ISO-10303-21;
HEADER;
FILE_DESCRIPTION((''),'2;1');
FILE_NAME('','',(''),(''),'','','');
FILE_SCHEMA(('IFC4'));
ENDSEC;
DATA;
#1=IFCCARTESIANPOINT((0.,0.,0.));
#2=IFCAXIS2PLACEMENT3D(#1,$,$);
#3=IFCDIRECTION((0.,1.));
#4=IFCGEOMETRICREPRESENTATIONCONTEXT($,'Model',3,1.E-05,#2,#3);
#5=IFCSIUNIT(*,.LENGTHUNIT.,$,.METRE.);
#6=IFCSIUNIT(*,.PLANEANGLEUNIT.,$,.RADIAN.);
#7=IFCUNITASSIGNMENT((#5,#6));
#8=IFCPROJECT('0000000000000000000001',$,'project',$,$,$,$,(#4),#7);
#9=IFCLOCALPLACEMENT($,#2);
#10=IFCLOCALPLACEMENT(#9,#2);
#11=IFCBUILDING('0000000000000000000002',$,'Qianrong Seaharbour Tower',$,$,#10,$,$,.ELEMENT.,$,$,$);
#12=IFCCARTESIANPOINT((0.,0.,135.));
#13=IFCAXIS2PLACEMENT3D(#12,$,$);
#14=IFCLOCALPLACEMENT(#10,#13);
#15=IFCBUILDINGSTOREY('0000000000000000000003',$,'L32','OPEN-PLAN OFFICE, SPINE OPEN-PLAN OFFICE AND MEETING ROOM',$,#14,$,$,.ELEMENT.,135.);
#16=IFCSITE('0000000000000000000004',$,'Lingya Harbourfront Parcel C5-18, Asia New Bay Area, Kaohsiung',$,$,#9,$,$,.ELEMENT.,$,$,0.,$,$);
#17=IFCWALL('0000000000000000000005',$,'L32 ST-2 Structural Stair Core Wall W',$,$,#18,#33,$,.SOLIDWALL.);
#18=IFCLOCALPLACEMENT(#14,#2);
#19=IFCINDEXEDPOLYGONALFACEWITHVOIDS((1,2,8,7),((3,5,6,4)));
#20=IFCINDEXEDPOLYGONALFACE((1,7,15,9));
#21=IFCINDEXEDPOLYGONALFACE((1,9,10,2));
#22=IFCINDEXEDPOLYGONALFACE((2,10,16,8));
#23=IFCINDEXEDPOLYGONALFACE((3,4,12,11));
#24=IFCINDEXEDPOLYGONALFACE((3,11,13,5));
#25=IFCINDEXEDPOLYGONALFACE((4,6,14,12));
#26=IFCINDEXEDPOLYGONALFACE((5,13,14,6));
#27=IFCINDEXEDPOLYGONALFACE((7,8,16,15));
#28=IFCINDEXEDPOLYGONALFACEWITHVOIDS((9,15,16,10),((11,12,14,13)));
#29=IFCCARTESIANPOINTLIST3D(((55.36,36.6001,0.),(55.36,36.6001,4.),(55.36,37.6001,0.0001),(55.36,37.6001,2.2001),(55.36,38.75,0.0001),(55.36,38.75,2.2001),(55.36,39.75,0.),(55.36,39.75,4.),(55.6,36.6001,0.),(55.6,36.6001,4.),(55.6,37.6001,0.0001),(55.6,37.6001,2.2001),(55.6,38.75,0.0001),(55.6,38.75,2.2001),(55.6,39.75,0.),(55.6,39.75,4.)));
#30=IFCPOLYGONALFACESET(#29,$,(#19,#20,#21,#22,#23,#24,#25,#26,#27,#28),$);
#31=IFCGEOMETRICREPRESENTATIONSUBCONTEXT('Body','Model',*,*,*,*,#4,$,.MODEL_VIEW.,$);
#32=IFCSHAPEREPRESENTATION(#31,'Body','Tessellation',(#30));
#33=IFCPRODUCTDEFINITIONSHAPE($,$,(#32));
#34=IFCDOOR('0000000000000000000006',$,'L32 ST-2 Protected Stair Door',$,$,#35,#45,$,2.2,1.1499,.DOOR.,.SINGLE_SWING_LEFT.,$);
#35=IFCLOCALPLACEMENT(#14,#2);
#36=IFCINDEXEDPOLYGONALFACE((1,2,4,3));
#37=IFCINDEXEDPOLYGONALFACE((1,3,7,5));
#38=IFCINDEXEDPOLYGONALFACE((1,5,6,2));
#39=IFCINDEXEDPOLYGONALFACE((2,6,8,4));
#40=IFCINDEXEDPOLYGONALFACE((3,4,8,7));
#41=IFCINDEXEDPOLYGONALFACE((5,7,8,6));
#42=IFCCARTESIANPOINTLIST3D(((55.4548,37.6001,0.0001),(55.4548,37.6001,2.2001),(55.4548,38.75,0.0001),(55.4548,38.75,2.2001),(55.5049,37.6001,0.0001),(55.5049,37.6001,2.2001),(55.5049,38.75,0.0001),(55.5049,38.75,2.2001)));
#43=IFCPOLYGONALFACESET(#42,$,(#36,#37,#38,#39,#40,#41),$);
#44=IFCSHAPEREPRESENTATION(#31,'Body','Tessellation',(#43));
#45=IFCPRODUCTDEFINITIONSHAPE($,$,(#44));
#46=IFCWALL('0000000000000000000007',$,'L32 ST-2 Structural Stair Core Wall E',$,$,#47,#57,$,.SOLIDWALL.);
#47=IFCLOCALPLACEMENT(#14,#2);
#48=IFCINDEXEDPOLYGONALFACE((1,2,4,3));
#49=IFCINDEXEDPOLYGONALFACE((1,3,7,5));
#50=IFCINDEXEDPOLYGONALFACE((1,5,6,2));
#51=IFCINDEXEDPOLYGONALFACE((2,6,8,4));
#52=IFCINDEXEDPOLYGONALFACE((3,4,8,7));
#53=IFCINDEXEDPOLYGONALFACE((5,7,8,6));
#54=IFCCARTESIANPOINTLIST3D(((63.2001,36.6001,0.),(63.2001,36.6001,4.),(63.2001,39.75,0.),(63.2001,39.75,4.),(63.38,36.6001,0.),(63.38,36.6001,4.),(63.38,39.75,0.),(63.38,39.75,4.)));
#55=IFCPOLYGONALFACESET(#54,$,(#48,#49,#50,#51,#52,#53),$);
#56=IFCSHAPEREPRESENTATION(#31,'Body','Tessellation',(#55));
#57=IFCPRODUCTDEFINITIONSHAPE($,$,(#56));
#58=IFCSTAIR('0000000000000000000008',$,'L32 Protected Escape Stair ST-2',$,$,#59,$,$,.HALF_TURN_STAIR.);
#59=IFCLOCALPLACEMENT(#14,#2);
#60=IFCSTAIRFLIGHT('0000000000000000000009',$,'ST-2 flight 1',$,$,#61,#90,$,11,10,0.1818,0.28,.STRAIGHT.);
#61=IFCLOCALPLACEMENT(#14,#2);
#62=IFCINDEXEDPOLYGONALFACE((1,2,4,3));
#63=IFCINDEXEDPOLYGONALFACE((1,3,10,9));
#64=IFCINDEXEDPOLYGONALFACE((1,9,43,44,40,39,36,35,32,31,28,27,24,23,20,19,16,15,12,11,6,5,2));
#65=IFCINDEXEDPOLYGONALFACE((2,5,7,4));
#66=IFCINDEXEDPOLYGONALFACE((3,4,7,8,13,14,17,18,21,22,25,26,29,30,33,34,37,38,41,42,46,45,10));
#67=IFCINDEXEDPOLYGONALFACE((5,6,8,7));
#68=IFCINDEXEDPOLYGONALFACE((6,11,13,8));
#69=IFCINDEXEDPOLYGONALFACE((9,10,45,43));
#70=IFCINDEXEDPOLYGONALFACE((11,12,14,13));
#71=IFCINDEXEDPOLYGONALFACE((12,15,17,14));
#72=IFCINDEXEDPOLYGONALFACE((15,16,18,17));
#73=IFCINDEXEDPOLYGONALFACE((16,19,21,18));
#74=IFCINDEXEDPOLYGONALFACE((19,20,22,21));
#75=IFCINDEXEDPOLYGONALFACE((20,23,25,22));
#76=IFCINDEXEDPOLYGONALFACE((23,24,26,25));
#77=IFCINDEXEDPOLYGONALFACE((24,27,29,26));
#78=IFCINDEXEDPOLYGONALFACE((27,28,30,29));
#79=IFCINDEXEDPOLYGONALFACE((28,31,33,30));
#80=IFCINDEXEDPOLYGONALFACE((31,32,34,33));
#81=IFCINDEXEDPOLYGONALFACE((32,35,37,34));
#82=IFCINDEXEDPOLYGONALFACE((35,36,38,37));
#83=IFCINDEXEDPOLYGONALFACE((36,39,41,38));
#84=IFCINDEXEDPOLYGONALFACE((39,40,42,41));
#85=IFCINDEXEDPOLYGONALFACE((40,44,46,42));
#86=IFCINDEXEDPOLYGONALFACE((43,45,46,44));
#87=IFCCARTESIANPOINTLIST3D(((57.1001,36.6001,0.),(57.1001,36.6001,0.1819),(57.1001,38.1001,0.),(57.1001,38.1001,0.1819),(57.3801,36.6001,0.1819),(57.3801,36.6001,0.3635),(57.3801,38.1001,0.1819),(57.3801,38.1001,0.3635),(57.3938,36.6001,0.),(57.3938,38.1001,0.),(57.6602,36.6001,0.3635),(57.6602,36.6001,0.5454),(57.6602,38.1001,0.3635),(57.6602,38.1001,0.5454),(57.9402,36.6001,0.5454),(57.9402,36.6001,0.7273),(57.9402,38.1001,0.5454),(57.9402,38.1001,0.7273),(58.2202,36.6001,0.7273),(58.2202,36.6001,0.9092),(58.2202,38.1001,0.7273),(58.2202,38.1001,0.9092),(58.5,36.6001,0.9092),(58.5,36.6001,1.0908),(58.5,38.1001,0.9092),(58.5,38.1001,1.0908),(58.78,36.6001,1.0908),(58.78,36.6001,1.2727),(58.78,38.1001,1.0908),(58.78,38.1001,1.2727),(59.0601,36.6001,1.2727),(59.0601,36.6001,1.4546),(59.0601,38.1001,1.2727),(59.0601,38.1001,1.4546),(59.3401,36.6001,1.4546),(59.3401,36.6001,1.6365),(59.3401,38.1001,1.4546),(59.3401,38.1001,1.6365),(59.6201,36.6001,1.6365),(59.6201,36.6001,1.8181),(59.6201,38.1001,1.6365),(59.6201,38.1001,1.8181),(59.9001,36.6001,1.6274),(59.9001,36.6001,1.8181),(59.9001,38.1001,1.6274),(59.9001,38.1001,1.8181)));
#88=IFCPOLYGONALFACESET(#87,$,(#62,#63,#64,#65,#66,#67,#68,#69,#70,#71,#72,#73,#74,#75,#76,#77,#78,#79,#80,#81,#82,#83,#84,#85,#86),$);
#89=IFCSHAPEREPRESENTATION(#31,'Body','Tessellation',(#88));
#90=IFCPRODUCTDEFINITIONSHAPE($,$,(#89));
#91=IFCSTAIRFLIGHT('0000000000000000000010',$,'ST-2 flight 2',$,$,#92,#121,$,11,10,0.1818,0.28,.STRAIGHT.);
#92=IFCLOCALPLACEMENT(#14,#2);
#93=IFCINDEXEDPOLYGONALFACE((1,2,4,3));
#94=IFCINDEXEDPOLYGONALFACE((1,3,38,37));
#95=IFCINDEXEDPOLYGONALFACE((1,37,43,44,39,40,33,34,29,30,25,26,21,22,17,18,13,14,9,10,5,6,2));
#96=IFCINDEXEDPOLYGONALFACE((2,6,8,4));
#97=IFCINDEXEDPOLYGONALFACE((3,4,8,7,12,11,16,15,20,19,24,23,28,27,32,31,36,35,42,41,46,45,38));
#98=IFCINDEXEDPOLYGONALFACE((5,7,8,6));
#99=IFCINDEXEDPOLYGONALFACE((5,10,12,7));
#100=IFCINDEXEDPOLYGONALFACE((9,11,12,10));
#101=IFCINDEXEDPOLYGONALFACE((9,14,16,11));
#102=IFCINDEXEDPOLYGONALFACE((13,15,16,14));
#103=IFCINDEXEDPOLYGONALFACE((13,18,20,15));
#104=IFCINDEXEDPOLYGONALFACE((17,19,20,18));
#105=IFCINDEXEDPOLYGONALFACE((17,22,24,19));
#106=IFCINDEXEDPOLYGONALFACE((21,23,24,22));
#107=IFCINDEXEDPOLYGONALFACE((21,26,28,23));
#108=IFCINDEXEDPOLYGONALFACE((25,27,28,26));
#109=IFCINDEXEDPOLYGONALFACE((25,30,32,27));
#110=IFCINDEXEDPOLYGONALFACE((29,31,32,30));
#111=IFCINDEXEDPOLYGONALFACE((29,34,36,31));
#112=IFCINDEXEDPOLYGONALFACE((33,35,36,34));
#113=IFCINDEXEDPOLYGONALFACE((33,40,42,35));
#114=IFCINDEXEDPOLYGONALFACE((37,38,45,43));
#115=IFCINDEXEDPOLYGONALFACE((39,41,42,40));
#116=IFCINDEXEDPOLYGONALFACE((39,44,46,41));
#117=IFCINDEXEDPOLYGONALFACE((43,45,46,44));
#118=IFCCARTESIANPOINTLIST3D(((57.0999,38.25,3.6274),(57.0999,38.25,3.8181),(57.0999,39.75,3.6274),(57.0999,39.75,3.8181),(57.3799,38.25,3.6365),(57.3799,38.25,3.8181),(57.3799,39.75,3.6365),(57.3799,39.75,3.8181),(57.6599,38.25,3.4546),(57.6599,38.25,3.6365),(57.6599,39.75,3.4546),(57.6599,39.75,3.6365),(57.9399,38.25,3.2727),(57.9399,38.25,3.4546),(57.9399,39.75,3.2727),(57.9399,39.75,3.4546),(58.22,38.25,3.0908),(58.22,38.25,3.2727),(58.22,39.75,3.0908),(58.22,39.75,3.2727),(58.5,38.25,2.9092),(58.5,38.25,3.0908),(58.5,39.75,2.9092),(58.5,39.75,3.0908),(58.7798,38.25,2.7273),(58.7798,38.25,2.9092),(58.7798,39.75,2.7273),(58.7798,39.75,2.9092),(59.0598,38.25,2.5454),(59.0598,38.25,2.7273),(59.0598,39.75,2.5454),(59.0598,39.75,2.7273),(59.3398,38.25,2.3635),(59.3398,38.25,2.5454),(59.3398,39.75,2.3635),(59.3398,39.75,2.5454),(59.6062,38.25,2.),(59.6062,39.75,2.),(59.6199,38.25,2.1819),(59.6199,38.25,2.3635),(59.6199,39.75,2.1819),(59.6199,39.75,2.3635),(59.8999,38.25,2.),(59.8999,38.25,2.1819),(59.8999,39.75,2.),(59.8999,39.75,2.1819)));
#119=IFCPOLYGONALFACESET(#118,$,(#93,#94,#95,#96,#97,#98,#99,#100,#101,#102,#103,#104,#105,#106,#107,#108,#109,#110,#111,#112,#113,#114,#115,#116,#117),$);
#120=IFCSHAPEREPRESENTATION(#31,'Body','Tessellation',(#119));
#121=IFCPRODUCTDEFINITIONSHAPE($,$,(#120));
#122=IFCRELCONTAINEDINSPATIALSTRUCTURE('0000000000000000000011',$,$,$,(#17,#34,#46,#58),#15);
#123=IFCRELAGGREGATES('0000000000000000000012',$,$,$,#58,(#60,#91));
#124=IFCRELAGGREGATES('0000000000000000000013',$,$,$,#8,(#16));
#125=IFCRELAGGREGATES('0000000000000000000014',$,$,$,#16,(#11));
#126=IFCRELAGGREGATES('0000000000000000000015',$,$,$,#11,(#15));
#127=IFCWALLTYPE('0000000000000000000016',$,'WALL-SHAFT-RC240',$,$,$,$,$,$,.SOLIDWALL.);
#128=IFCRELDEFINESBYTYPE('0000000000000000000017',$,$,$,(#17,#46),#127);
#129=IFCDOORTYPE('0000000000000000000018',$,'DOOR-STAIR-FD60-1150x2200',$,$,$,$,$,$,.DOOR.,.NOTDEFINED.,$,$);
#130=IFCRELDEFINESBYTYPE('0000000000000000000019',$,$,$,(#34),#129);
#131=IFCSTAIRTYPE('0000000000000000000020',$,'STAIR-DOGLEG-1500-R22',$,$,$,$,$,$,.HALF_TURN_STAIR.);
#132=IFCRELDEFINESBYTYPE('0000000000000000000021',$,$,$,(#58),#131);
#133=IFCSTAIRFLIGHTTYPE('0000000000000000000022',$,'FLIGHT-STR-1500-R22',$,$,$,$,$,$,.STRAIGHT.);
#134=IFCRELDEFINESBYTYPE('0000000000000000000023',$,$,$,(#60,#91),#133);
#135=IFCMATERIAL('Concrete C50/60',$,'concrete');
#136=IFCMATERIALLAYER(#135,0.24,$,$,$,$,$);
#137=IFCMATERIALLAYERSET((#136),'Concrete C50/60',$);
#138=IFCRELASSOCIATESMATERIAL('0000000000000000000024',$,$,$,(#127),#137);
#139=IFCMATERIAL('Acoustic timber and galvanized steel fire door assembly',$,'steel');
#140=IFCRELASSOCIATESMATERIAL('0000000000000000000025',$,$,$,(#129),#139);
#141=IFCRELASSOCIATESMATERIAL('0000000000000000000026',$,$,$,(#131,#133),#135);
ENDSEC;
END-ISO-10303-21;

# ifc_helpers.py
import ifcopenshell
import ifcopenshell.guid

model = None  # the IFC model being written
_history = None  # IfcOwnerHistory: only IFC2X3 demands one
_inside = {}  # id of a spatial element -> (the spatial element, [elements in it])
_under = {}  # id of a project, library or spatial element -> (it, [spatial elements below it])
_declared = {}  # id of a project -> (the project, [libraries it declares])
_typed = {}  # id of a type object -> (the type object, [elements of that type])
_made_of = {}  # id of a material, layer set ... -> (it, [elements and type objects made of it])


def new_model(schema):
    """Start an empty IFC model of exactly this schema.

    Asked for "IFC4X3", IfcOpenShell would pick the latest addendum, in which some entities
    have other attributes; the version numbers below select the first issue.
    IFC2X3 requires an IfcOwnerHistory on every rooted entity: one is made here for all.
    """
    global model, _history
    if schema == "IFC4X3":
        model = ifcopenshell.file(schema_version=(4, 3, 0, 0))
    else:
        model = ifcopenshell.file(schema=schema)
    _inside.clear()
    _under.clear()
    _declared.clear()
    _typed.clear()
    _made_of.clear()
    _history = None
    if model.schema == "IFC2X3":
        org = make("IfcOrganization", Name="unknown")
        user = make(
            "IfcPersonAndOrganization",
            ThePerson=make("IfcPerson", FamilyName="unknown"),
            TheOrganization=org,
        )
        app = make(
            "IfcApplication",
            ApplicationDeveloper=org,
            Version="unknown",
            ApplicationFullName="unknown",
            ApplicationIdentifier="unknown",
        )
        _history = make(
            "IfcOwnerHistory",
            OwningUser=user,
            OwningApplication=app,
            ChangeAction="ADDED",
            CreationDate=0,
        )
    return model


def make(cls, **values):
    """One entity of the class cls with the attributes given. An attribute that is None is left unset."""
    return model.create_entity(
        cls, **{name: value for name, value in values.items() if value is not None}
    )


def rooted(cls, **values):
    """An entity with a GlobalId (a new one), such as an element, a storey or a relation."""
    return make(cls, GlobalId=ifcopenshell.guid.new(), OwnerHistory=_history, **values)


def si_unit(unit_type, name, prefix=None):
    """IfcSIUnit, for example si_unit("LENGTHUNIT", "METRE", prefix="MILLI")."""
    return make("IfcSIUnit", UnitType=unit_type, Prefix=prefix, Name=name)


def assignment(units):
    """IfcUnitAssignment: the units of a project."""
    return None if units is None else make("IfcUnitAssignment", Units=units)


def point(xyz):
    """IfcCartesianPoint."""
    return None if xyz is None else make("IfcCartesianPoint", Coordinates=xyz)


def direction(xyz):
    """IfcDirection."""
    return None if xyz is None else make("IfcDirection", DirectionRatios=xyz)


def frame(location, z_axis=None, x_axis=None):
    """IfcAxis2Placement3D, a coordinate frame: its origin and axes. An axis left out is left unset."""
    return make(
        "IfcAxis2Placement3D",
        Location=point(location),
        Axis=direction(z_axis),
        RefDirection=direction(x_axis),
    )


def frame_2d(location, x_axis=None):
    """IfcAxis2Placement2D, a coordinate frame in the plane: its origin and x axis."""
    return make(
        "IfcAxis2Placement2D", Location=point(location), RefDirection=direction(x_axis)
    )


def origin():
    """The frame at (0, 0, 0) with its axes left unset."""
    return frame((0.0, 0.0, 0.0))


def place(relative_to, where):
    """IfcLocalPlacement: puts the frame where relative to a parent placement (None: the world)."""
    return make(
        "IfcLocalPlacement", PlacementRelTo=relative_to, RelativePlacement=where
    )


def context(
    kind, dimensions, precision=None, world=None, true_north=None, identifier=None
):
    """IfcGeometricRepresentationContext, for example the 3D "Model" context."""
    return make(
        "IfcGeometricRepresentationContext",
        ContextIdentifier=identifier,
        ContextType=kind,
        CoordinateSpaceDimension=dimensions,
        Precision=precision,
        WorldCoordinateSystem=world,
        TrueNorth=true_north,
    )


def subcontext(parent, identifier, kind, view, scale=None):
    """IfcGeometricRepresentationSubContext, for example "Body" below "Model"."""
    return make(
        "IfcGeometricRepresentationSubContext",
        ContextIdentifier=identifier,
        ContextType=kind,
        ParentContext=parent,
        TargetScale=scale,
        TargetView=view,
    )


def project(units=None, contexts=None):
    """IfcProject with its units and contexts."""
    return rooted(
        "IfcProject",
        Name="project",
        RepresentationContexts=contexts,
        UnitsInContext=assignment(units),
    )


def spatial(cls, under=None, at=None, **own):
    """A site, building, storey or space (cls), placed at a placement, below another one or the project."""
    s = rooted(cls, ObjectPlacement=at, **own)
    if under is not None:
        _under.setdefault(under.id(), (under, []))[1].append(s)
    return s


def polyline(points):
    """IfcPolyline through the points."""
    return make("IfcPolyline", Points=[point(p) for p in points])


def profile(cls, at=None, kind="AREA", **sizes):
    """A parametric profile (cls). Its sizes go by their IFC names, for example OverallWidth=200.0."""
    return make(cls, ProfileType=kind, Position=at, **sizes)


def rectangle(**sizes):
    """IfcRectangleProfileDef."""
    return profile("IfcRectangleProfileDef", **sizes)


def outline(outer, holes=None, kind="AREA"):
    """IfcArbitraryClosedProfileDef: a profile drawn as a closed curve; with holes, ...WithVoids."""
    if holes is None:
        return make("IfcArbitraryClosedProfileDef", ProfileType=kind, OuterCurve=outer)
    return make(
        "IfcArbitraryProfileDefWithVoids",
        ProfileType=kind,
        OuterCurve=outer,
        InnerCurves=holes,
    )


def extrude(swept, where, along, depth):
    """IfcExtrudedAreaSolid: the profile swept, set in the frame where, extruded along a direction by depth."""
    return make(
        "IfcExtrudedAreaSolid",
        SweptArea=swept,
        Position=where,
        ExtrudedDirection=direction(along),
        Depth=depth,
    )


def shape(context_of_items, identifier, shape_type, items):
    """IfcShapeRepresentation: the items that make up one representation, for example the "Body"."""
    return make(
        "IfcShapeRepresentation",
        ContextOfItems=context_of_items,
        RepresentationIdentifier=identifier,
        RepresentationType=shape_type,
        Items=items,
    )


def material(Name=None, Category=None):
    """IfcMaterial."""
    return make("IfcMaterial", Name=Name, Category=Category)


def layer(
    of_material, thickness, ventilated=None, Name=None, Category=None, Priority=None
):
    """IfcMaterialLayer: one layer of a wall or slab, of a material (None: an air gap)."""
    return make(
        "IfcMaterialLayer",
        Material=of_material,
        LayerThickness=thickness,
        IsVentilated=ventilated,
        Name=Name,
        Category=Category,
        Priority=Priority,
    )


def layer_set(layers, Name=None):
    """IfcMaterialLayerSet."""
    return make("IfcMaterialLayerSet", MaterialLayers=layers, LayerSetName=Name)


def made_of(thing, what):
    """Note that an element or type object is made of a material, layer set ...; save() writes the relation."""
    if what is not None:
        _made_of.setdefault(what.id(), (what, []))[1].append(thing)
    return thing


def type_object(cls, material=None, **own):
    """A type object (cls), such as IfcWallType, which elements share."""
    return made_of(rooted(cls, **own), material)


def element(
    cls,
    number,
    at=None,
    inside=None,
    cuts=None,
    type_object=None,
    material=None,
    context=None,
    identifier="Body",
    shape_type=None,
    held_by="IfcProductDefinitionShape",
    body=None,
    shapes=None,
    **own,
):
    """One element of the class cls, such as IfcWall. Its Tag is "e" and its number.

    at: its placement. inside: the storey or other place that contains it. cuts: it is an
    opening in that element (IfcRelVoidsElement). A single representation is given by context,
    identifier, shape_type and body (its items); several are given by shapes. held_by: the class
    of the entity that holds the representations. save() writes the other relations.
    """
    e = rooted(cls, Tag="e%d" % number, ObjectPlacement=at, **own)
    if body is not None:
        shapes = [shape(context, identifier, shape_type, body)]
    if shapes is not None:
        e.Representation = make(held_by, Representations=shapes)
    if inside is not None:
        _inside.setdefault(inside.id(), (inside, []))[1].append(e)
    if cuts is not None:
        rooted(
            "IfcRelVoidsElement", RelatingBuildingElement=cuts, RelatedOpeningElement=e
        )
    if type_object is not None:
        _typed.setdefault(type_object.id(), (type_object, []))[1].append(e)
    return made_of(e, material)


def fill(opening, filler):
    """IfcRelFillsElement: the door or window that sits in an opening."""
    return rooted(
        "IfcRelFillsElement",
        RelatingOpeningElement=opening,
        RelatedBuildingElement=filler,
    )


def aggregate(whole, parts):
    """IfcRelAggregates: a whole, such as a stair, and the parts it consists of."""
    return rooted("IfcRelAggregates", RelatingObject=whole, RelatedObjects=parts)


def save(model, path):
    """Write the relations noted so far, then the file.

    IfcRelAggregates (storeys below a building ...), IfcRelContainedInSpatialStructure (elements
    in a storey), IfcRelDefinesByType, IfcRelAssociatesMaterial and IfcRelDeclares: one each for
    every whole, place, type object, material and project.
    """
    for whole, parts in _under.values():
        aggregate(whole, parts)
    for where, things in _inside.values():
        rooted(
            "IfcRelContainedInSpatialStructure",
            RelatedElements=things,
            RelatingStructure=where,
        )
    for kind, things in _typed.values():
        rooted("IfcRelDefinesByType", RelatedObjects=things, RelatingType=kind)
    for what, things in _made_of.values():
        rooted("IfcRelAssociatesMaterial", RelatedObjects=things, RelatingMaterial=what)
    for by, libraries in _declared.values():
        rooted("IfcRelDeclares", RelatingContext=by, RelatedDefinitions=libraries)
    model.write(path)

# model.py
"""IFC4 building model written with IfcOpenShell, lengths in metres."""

from ifc_helpers import new_model, si_unit, direction, frame, frame_2d, origin, place, context, subcontext, project, spatial, polyline, rectangle, outline, extrude, material, layer, layer_set, type_object, element, fill, aggregate, save


model = new_model("IFC4")

# Units and contexts
model_context = context("Model", 3, precision=1e-05, world=origin(), true_north=direction((0.0, 1.0)))
body_context = subcontext(model_context, "Body", "Model", "MODEL_VIEW")
ifc_project = project(units=[si_unit("LENGTHUNIT", "METRE"), si_unit("PLANEANGLEUNIT", "RADIAN")], contexts=[model_context])

# Site, building, storey
site_placement = place(None, origin())
site = spatial("IfcSite", under=ifc_project, at=site_placement, Name="Lingya Harbourfront Parcel C5-18, Asia New Bay Area, Kaohsiung", CompositionType="ELEMENT", RefElevation=0.0)
building_placement = place(site_placement, origin())
building = spatial("IfcBuilding", under=site, at=building_placement, Name="Qianrong Seaharbour Tower", CompositionType="ELEMENT")
storey_placement = place(building_placement, frame((0.0, 0.0, 135.0)))
storey = spatial("IfcBuildingStorey", under=building, at=storey_placement, Name="L32", Description="OPEN-PLAN OFFICE, SPINE OPEN-PLAN OFFICE AND MEETING ROOM", CompositionType="ELEMENT", Elevation=135.0)

# Shared definitions
ifc_material_1 = material(Name="Concrete C50/60", Category="concrete")
ifc_layer_1 = layer(ifc_material_1, 0.24)
ifc_layer_set_1 = layer_set([ifc_layer_1], Name="Concrete C50/60")
wall_type_1 = type_object("IfcWallType", Name="WALL-SHAFT-RC240", PredefinedType="SOLIDWALL", material=ifc_layer_set_1)

# Wall, opening, door
wall_1_placement = place(storey_placement, frame((55.48, 39.75, 0.0), z_axis=(0.0, 0.0, 1.0), x_axis=(0.0, -1.0, 0.0)))
wall_1 = element("IfcWall", 1, at=wall_1_placement, inside=storey, type_object=wall_type_1, Name="L32 ST-2 Structural Stair Core Wall W", PredefinedType="SOLIDWALL", context=body_context, shape_type="SweptSolid", body=[
    extrude(rectangle(XDim=3.1499, YDim=0.24, at=frame_2d((1.575, 0.0))), origin(), (0.0, 0.0, 1.0), 4.0),
])
opening_1_placement = place(wall_1_placement, frame((1.0, 0.0, 0.0)))
opening_1 = element("IfcOpeningElement", 2, at=opening_1_placement, cuts=wall_1, PredefinedType="OPENING", context=body_context, shape_type="SweptSolid", body=[
    extrude(rectangle(XDim=1.1499, YDim=2.2, at=frame_2d((0.575, 1.1001))), frame((0.0, 0.1299, 0.0), z_axis=(0.0, -1.0, 0.0), x_axis=(1.0, 0.0, 0.0)), (0.0, 0.0, 1.0), 0.26),
])
ifc_material_2 = material(Name="Acoustic timber and galvanized steel fire door assembly", Category="steel")
door_type = type_object("IfcDoorType", Name="DOOR-STAIR-FD60-1150x2200", OperationType="NOTDEFINED", PredefinedType="DOOR", material=ifc_material_2)
door_placement = place(opening_1_placement, origin())
door = element("IfcDoor", 3, at=door_placement, inside=storey, type_object=door_type, Name="L32 ST-2 Protected Stair Door", OperationType="SINGLE_SWING_LEFT", OverallHeight=2.2, OverallWidth=1.1499, PredefinedType="DOOR", context=body_context, shape_type="SweptSolid", body=[
    extrude(rectangle(XDim=1.1499, YDim=2.2, at=frame_2d((0.575, 1.1001))), frame((0.0, 0.0249, 0.0), z_axis=(0.0, -1.0, 0.0), x_axis=(1.0, 0.0, 0.0)), (0.0, 0.0, 1.0), 0.05),
])
fill(opening_1, door)

# Wall
wall_2_placement = place(storey_placement, frame((63.29, 36.6001, 0.0), z_axis=(0.0, 0.0, 1.0), x_axis=(0.0, 1.0, 0.0)))
element("IfcWall", 4, at=wall_2_placement, inside=storey, type_object=wall_type_1, Name="L32 ST-2 Structural Stair Core Wall E", PredefinedType="SOLIDWALL", context=body_context, shape_type="SweptSolid", body=[
    extrude(rectangle(XDim=3.1499, YDim=0.1799, at=frame_2d((1.575, 0.0))), origin(), (0.0, 0.0, 1.0), 4.0),
])

# Stair, stair flights
stair_type = type_object("IfcStairType", Name="STAIR-DOGLEG-1500-R22", PredefinedType="HALF_TURN_STAIR", material=ifc_material_1)
stair_placement = place(storey_placement, origin())
stair = element("IfcStair", 5, at=stair_placement, inside=storey, type_object=stair_type, Name="L32 Protected Escape Stair ST-2", PredefinedType="HALF_TURN_STAIR")
stair_flight_type = type_object("IfcStairFlightType", Name="FLIGHT-STR-1500-R22", PredefinedType="STRAIGHT", material=ifc_material_1)
stair_flight_1_placement = place(storey_placement, frame((57.1001, 37.3501, 0.0), z_axis=(0.0, 0.0, 1.0), x_axis=(1.0, 0.0, 0.0)))
stair_flight_1 = element("IfcStairFlight", 6, at=stair_flight_1_placement, type_object=stair_flight_type, Name="ST-2 flight 1", NumberOfRisers=11, NumberOfTreads=10, PredefinedType="STRAIGHT", RiserHeight=0.1818, TreadLength=0.28, context=body_context, shape_type="SweptSolid", body=[
    extrude(outline(polyline([(0.0, 0.0), (0.0, 0.1819), (0.28, 0.1819), (0.28, 0.3635), (0.5601, 0.3635), (0.5601, 0.5454), (0.8401, 0.5454), (0.8401, 0.7273), (1.1201, 0.7273), (1.1201, 0.9092), (1.3999, 0.9092), (1.3999, 1.0908), (1.6799, 1.0908), (1.6799, 1.2727), (1.96, 1.2727), (1.96, 1.4546), (2.24, 1.4546), (2.24, 1.6365), (2.52, 1.6365), (2.52, 1.8181), (2.8, 1.8181), (2.8, 2.0), (2.8, 1.6274), (0.2937, 0.0), (0.0, 0.0)])), frame((0.0, 0.75, 0.0), z_axis=(0.0, -1.0, 0.0), x_axis=(1.0, 0.0, 0.0)), (0.0, 0.0, 1.0), 1.5),
])
stair_flight_2_placement = place(storey_placement, frame((59.8999, 39.0, 2.0), z_axis=(0.0, 0.0, 1.0), x_axis=(-1.0, 0.0, 0.0)))
stair_flight_2 = element("IfcStairFlight", 7, at=stair_flight_2_placement, type_object=stair_flight_type, Name="ST-2 flight 2", NumberOfRisers=11, NumberOfTreads=10, PredefinedType="STRAIGHT", RiserHeight=0.1818, TreadLength=0.28, context=body_context, shape_type="SweptSolid", body=[
    extrude(outline(polyline([(0.0, 0.0), (0.0, 0.1819), (0.28, 0.1819), (0.28, 0.3635), (0.5601, 0.3635), (0.5601, 0.5454), (0.8401, 0.5454), (0.8401, 0.7273), (1.1201, 0.7273), (1.1201, 0.9092), (1.3999, 0.9092), (1.3999, 1.0908), (1.6799, 1.0908), (1.6799, 1.2727), (1.96, 1.2727), (1.96, 1.4546), (2.24, 1.4546), (2.24, 1.6365), (2.52, 1.6365), (2.52, 1.8181), (2.8, 1.8181), (2.8, 2.0), (2.8, 1.6274), (0.2937, 0.0), (0.0, 0.0)])), frame((0.0, 0.75, 0.0), z_axis=(0.0, -1.0, 0.0), x_axis=(1.0, 0.0, 0.0)), (0.0, 0.0, 1.0), 1.5),
])
aggregate(stair, [stair_flight_1, stair_flight_2])

save(model, "model.ifc")
